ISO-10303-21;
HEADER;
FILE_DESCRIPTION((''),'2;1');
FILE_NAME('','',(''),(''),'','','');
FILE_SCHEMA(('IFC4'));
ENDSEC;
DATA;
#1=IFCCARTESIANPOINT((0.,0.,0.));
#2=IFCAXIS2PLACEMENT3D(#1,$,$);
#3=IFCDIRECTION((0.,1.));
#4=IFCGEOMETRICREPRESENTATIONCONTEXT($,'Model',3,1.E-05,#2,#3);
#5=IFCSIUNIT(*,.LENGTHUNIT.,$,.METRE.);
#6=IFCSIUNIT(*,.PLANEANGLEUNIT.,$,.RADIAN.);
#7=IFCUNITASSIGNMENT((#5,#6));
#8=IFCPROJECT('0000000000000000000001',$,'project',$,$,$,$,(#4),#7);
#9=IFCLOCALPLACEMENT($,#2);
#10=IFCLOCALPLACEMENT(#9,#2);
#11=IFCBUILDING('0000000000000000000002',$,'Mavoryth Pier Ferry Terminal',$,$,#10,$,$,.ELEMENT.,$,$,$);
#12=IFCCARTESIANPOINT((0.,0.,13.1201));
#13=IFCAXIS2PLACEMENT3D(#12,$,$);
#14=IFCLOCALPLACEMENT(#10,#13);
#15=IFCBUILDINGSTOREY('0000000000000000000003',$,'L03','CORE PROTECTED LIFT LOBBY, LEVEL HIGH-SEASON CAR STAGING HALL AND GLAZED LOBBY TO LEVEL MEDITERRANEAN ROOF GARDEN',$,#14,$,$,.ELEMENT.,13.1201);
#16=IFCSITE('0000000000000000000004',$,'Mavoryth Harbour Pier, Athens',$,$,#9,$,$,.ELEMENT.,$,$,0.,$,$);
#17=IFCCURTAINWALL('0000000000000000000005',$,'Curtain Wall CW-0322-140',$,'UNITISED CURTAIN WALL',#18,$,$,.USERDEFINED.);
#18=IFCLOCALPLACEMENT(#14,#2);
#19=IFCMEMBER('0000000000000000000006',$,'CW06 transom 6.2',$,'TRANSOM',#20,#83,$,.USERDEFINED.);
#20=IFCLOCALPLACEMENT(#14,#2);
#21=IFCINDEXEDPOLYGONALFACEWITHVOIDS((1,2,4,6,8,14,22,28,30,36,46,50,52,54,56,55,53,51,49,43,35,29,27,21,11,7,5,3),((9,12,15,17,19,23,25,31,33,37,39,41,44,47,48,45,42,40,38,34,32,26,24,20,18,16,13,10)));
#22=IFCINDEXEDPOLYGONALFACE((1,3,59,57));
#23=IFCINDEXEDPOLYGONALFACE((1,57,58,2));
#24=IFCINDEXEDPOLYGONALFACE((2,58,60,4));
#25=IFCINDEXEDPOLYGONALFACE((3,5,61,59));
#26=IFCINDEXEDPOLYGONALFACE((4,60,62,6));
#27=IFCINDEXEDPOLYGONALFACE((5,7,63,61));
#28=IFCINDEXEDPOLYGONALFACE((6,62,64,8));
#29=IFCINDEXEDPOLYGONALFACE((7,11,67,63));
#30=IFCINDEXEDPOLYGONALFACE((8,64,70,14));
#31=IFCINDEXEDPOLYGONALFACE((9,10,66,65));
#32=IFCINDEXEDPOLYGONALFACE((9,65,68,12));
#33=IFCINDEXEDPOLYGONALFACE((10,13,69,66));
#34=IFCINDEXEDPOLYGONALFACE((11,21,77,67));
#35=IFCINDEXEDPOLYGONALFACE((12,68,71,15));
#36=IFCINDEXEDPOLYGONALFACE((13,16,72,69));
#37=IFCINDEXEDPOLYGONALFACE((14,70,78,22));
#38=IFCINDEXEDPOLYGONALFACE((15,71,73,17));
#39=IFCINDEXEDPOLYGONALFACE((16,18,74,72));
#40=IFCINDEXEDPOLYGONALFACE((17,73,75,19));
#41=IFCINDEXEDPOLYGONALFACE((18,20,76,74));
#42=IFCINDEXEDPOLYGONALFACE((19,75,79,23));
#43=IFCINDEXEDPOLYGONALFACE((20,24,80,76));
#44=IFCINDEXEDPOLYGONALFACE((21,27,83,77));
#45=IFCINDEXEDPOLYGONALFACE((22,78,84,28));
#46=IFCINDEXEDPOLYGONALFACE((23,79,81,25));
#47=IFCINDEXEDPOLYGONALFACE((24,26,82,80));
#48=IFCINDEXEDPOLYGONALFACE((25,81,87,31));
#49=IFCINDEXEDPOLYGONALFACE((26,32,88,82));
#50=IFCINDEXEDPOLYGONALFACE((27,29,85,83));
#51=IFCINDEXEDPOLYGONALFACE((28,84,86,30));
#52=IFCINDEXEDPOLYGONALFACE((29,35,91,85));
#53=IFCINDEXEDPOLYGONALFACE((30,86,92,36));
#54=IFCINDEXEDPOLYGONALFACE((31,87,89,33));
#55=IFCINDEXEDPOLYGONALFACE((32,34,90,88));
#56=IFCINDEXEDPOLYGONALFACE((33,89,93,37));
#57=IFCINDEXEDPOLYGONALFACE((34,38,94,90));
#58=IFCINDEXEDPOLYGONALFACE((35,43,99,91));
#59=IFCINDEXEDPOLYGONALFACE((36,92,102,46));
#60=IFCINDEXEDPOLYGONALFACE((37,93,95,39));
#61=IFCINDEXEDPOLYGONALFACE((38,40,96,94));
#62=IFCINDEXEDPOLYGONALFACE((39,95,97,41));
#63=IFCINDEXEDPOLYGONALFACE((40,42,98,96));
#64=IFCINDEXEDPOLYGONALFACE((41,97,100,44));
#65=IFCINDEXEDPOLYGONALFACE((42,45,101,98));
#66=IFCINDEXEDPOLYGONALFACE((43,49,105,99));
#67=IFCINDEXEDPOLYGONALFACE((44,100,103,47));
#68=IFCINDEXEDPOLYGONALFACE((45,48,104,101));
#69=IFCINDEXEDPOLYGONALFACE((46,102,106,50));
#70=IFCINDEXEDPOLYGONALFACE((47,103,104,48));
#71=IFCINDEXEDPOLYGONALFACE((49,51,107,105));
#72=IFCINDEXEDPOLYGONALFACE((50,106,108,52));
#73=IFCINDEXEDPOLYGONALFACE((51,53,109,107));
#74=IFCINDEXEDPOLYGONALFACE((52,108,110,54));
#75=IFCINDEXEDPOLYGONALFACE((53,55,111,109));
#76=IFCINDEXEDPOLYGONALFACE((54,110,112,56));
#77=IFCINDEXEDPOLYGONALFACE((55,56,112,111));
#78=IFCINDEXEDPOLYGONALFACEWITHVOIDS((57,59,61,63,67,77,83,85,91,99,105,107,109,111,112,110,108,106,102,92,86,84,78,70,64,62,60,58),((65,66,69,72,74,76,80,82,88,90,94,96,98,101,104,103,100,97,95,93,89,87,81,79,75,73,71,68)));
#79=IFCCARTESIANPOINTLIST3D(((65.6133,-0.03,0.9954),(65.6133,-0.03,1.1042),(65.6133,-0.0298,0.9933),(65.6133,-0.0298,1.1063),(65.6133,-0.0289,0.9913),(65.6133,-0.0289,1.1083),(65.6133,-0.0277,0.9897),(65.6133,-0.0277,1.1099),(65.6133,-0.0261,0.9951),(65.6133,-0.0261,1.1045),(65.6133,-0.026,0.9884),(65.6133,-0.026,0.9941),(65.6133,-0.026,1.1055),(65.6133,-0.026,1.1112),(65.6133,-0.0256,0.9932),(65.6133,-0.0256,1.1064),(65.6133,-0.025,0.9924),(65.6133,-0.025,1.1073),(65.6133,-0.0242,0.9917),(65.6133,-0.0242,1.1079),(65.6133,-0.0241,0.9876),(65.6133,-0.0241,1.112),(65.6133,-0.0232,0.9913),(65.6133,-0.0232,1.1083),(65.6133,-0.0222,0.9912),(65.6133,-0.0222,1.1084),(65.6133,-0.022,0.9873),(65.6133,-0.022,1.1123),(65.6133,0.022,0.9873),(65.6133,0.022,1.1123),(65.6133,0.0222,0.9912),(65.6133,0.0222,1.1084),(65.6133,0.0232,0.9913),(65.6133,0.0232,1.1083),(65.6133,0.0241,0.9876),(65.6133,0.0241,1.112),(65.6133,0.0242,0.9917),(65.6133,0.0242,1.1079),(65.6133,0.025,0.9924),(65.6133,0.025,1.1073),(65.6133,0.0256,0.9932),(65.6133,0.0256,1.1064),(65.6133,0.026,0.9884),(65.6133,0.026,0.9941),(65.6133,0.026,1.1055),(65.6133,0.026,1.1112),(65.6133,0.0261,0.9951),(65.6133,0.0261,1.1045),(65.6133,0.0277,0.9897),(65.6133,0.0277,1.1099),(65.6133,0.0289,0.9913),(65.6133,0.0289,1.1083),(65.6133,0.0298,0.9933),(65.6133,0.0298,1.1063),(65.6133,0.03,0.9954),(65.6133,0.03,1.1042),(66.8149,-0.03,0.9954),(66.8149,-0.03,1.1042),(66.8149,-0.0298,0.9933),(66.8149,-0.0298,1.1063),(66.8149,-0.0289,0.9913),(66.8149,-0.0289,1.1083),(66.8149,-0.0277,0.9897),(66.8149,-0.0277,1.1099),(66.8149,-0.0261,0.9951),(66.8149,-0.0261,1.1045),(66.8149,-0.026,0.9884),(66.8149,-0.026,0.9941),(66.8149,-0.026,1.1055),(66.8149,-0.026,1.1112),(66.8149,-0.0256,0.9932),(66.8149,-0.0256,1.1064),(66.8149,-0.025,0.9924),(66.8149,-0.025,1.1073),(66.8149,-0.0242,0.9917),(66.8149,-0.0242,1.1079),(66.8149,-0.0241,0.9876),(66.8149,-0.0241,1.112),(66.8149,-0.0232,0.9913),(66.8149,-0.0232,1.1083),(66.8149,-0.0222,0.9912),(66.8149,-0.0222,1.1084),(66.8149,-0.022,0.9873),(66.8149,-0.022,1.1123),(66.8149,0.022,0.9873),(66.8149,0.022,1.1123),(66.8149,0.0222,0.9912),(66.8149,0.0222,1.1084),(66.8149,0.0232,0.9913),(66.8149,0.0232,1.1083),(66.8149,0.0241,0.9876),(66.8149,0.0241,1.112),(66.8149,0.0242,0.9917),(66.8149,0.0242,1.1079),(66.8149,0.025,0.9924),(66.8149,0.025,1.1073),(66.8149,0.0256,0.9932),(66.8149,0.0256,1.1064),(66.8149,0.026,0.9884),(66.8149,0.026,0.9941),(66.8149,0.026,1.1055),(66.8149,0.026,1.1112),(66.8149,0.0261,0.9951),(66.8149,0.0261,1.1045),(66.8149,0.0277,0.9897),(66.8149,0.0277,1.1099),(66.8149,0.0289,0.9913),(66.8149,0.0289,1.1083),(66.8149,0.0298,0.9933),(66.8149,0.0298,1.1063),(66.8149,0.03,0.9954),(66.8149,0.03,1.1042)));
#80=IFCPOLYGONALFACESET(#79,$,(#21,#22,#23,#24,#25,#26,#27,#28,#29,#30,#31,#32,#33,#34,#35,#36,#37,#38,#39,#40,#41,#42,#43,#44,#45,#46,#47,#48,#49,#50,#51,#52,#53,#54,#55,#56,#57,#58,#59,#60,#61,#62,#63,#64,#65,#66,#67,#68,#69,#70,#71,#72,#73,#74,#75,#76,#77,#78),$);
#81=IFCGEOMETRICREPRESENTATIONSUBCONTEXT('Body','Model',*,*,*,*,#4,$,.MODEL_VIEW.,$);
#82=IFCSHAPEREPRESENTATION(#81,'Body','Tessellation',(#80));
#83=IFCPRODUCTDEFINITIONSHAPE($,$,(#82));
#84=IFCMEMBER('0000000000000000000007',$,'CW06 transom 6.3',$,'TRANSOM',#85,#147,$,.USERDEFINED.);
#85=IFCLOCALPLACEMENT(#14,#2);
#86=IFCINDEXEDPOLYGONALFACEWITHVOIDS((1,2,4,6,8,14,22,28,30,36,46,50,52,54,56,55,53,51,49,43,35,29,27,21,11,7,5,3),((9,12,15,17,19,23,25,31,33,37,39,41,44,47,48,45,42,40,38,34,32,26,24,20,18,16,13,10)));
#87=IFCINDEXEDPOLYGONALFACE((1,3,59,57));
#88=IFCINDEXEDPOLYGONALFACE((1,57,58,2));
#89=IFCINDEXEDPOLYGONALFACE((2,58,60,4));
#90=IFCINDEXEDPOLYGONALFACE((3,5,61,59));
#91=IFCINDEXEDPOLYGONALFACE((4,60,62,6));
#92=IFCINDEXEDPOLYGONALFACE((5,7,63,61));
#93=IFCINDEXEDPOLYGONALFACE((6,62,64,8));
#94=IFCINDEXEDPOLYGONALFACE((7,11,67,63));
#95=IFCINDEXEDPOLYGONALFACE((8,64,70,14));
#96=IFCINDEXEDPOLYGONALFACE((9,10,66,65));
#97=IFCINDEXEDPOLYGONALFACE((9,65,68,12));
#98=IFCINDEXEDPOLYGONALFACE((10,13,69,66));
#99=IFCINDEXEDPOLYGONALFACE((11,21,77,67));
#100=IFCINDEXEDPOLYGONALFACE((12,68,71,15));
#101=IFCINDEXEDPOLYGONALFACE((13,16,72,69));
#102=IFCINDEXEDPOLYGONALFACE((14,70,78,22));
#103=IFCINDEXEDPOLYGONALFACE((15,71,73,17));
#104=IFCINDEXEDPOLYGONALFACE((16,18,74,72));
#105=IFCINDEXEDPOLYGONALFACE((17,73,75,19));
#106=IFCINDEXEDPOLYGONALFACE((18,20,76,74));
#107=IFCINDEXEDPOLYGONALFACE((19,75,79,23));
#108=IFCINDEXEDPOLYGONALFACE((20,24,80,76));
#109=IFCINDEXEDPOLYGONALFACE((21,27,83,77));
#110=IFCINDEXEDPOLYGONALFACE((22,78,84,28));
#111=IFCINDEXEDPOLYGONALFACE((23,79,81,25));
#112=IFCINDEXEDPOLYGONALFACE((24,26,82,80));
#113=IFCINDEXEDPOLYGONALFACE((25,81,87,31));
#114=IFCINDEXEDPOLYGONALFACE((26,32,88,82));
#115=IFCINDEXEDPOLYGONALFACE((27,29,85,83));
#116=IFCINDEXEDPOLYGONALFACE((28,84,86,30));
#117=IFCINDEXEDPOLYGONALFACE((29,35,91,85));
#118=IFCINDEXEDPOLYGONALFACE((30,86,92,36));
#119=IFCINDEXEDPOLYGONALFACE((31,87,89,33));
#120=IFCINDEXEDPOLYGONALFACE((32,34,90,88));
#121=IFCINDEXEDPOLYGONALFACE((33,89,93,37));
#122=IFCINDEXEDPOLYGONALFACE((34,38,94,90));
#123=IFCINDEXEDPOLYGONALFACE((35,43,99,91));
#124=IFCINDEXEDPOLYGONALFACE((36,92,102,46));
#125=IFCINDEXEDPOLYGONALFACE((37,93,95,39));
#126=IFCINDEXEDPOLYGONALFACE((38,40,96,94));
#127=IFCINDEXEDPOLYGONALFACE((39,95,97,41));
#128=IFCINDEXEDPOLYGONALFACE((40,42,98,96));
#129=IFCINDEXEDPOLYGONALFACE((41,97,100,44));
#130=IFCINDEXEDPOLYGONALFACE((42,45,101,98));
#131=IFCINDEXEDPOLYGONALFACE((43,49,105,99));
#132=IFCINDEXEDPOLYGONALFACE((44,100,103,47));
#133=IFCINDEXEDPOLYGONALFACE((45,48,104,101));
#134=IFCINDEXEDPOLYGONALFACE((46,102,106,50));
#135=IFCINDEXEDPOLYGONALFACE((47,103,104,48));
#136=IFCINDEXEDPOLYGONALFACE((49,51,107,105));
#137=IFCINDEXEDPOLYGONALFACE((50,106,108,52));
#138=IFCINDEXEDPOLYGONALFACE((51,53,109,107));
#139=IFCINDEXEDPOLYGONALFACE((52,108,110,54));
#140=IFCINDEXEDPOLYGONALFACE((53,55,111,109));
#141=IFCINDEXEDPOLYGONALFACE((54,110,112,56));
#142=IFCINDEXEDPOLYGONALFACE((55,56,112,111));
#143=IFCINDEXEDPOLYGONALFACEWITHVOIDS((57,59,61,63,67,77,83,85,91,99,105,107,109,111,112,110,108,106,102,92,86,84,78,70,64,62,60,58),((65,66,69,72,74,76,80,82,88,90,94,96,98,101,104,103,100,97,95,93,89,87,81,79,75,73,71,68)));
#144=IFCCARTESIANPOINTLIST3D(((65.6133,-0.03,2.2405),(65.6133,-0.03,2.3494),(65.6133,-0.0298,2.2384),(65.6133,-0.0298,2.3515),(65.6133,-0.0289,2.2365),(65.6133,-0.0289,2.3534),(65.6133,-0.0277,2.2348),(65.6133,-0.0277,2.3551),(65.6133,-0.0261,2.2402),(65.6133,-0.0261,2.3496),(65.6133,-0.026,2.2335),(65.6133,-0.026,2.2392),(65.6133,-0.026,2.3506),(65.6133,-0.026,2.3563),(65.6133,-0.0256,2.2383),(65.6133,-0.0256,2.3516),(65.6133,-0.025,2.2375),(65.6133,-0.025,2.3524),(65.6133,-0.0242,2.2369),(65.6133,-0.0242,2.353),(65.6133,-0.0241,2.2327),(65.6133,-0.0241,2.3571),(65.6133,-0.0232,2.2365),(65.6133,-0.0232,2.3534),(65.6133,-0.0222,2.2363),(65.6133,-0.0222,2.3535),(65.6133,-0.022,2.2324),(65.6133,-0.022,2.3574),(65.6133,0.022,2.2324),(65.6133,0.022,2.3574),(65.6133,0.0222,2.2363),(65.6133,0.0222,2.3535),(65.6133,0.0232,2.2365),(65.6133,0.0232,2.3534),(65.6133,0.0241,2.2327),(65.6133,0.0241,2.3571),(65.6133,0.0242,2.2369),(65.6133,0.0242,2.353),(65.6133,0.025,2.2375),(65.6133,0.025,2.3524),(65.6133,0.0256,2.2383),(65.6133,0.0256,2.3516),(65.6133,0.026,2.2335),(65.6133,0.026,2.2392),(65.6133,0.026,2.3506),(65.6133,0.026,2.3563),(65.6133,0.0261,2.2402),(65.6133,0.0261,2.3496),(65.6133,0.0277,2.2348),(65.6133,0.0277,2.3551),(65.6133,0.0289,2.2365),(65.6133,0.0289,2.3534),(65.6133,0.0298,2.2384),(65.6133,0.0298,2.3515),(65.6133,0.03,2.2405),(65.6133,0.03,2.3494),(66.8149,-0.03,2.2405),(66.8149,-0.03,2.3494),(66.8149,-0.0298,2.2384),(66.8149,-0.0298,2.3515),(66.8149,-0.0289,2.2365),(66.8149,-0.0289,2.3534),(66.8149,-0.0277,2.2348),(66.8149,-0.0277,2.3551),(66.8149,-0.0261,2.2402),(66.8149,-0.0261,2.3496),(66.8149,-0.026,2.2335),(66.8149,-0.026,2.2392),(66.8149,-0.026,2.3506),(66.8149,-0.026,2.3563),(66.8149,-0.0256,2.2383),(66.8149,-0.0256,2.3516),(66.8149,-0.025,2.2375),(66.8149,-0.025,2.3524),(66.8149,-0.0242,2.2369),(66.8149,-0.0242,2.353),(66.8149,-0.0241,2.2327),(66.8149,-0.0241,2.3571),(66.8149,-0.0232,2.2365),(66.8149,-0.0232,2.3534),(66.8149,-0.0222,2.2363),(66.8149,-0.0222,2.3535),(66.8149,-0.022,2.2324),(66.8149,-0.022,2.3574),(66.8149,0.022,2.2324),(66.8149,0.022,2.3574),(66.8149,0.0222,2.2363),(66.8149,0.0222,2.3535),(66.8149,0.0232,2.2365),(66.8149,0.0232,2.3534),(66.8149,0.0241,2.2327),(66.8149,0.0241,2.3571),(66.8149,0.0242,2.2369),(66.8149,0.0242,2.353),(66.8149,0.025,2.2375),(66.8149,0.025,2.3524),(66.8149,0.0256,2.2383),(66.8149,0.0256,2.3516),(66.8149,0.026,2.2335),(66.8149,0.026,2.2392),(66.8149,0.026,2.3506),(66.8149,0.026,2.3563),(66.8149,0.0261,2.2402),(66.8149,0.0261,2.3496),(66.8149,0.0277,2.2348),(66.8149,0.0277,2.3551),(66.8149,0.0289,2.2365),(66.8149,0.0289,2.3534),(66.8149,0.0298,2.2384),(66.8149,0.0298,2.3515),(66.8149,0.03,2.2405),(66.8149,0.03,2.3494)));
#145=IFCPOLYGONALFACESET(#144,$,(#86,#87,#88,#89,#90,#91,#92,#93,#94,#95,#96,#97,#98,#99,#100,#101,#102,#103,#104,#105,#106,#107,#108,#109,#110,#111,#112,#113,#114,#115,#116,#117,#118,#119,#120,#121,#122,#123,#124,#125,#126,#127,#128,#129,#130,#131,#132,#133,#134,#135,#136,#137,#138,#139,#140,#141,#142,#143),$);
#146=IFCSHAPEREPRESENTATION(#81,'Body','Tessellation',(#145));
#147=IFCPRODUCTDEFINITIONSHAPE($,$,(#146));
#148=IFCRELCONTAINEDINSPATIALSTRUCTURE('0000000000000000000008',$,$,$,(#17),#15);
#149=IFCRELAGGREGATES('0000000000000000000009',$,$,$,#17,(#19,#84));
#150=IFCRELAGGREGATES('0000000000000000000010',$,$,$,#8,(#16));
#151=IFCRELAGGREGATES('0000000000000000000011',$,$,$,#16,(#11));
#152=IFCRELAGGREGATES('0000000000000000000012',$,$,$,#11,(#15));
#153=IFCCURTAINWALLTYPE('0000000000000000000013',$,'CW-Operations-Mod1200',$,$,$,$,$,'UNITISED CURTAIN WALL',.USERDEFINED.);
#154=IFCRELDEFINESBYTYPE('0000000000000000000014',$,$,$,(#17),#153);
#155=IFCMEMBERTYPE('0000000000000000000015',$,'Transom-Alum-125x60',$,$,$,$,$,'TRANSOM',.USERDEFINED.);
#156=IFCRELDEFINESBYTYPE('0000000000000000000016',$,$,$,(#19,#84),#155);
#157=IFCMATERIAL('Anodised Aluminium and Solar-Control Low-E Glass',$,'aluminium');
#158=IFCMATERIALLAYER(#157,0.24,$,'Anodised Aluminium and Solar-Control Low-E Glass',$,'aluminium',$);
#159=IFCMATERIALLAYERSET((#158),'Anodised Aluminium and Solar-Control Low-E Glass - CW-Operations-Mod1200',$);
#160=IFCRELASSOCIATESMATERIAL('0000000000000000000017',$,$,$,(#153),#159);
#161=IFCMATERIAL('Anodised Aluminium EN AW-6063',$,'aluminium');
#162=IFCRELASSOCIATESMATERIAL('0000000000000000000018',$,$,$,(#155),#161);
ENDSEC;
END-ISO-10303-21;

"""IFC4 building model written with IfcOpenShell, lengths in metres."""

from ifc_helpers import new_model, si_unit, direction, frame, origin, origin_2d, place, context, subcontext, project, spatial, hollow_rectangle, extrude, material, layer, layer_set, material_profile, profile_set, type_object, element, aggregate, save


model = new_model("IFC4")

# Units and contexts
model_context = context("Model", 3, precision=1e-05, world=origin(), true_north=direction((0.0, 1.0)))
body_context = subcontext(model_context, "Body", "Model", "MODEL_VIEW")
ifc_project = project(units=[si_unit("LENGTHUNIT", "METRE"), si_unit("PLANEANGLEUNIT", "RADIAN")], contexts=[model_context])

# Site, building, storey
site_placement = place(None, origin())
site = spatial("IfcSite", under=ifc_project, at=site_placement, Name="Mavoryth Harbour Pier, Athens", CompositionType="ELEMENT", RefElevation=0.0)
building_placement = place(site_placement, origin())
building = spatial("IfcBuilding", under=site, at=building_placement, Name="Mavoryth Pier Ferry Terminal", CompositionType="ELEMENT")
storey_placement = place(building_placement, frame((0.0, 0.0, 13.1201)))
storey = spatial("IfcBuildingStorey", under=building, at=storey_placement, Name="L03", Description="CORE PROTECTED LIFT LOBBY, LEVEL HIGH-SEASON CAR STAGING HALL AND GLAZED LOBBY TO LEVEL MEDITERRANEAN ROOF GARDEN", CompositionType="ELEMENT", Elevation=13.1201)

# Curtain wall
ifc_material_1 = material(Name="Anodised Aluminium and Solar-Control Low-E Glass", Category="aluminium")
ifc_layer_1 = layer(ifc_material_1, 0.24, Name="Anodised Aluminium and Solar-Control Low-E Glass", Category="aluminium")
ifc_layer_set_1 = layer_set([ifc_layer_1], Name="Anodised Aluminium and Solar-Control Low-E Glass - CW-Operations-Mod1200")
curtain_wall_type = type_object("IfcCurtainWallType", Name="CW-Operations-Mod1200", ElementType="UNITISED CURTAIN WALL", PredefinedType="USERDEFINED", material=ifc_layer_set_1)
curtain_wall_1_placement = place(storey_placement, origin())
curtain_wall_1 = element("IfcCurtainWall", 1, at=curtain_wall_1_placement, inside=storey, type_object=curtain_wall_type, Name="Curtain Wall CW-0322-140", ObjectType="UNITISED CURTAIN WALL", PredefinedType="USERDEFINED")
ifc_material_2 = material(Name="Anodised Aluminium EN AW-6063", Category="aluminium")

# Members
ifc_material_profile_1 = material_profile(ifc_material_2, hollow_rectangle(XDim=0.0601, YDim=0.125, WallThickness=0.0039, InnerFilletRadius=0.0039, OuterFilletRadius=0.0081, at=origin_2d()), Name="AL-TRAN 125x60x4", Category="aluminium")
ifc_profile_set_1 = profile_set([ifc_material_profile_1], Name="Anodised Aluminium EN AW-6063 - AL-TRAN 125x60x4")
member_type_1 = type_object("IfcMemberType", Name="Transom-Alum-125x60", ElementType="TRANSOM", PredefinedType="USERDEFINED", material=ifc_profile_set_1)
member_1_placement = place(storey_placement, frame((65.6133, 0.0, 1.0498), z_axis=(1.0, 0.0, 0.0), x_axis=(0.0, 1.0, 0.0)))
member_1 = element("IfcMember", 2, at=member_1_placement, type_object=member_type_1, Name="CW06 transom 6.2", ObjectType="TRANSOM", PredefinedType="USERDEFINED", context=body_context, shape_type="SweptSolid", body=[
    extrude(hollow_rectangle(XDim=0.0601, YDim=0.125, WallThickness=0.0039, InnerFilletRadius=0.0039, OuterFilletRadius=0.0081, at=origin_2d()), origin(), (0.0, 0.0, 1.0), 1.2017),
])
member_2_placement = place(storey_placement, frame((65.6133, 0.0, 2.2949), z_axis=(1.0, 0.0, 0.0), x_axis=(0.0, 1.0, 0.0)))
member_2 = element("IfcMember", 3, at=member_2_placement, type_object=member_type_1, Name="CW06 transom 6.3", ObjectType="TRANSOM", PredefinedType="USERDEFINED", context=body_context, shape_type="SweptSolid", body=[
    extrude(hollow_rectangle(XDim=0.0601, YDim=0.125, WallThickness=0.0039, InnerFilletRadius=0.0039, OuterFilletRadius=0.0081, at=origin_2d()), origin(), (0.0, 0.0, 1.0), 1.2017),
])

aggregate(curtain_wall_1, [member_1, member_2])

save(model, "model.ifc")
